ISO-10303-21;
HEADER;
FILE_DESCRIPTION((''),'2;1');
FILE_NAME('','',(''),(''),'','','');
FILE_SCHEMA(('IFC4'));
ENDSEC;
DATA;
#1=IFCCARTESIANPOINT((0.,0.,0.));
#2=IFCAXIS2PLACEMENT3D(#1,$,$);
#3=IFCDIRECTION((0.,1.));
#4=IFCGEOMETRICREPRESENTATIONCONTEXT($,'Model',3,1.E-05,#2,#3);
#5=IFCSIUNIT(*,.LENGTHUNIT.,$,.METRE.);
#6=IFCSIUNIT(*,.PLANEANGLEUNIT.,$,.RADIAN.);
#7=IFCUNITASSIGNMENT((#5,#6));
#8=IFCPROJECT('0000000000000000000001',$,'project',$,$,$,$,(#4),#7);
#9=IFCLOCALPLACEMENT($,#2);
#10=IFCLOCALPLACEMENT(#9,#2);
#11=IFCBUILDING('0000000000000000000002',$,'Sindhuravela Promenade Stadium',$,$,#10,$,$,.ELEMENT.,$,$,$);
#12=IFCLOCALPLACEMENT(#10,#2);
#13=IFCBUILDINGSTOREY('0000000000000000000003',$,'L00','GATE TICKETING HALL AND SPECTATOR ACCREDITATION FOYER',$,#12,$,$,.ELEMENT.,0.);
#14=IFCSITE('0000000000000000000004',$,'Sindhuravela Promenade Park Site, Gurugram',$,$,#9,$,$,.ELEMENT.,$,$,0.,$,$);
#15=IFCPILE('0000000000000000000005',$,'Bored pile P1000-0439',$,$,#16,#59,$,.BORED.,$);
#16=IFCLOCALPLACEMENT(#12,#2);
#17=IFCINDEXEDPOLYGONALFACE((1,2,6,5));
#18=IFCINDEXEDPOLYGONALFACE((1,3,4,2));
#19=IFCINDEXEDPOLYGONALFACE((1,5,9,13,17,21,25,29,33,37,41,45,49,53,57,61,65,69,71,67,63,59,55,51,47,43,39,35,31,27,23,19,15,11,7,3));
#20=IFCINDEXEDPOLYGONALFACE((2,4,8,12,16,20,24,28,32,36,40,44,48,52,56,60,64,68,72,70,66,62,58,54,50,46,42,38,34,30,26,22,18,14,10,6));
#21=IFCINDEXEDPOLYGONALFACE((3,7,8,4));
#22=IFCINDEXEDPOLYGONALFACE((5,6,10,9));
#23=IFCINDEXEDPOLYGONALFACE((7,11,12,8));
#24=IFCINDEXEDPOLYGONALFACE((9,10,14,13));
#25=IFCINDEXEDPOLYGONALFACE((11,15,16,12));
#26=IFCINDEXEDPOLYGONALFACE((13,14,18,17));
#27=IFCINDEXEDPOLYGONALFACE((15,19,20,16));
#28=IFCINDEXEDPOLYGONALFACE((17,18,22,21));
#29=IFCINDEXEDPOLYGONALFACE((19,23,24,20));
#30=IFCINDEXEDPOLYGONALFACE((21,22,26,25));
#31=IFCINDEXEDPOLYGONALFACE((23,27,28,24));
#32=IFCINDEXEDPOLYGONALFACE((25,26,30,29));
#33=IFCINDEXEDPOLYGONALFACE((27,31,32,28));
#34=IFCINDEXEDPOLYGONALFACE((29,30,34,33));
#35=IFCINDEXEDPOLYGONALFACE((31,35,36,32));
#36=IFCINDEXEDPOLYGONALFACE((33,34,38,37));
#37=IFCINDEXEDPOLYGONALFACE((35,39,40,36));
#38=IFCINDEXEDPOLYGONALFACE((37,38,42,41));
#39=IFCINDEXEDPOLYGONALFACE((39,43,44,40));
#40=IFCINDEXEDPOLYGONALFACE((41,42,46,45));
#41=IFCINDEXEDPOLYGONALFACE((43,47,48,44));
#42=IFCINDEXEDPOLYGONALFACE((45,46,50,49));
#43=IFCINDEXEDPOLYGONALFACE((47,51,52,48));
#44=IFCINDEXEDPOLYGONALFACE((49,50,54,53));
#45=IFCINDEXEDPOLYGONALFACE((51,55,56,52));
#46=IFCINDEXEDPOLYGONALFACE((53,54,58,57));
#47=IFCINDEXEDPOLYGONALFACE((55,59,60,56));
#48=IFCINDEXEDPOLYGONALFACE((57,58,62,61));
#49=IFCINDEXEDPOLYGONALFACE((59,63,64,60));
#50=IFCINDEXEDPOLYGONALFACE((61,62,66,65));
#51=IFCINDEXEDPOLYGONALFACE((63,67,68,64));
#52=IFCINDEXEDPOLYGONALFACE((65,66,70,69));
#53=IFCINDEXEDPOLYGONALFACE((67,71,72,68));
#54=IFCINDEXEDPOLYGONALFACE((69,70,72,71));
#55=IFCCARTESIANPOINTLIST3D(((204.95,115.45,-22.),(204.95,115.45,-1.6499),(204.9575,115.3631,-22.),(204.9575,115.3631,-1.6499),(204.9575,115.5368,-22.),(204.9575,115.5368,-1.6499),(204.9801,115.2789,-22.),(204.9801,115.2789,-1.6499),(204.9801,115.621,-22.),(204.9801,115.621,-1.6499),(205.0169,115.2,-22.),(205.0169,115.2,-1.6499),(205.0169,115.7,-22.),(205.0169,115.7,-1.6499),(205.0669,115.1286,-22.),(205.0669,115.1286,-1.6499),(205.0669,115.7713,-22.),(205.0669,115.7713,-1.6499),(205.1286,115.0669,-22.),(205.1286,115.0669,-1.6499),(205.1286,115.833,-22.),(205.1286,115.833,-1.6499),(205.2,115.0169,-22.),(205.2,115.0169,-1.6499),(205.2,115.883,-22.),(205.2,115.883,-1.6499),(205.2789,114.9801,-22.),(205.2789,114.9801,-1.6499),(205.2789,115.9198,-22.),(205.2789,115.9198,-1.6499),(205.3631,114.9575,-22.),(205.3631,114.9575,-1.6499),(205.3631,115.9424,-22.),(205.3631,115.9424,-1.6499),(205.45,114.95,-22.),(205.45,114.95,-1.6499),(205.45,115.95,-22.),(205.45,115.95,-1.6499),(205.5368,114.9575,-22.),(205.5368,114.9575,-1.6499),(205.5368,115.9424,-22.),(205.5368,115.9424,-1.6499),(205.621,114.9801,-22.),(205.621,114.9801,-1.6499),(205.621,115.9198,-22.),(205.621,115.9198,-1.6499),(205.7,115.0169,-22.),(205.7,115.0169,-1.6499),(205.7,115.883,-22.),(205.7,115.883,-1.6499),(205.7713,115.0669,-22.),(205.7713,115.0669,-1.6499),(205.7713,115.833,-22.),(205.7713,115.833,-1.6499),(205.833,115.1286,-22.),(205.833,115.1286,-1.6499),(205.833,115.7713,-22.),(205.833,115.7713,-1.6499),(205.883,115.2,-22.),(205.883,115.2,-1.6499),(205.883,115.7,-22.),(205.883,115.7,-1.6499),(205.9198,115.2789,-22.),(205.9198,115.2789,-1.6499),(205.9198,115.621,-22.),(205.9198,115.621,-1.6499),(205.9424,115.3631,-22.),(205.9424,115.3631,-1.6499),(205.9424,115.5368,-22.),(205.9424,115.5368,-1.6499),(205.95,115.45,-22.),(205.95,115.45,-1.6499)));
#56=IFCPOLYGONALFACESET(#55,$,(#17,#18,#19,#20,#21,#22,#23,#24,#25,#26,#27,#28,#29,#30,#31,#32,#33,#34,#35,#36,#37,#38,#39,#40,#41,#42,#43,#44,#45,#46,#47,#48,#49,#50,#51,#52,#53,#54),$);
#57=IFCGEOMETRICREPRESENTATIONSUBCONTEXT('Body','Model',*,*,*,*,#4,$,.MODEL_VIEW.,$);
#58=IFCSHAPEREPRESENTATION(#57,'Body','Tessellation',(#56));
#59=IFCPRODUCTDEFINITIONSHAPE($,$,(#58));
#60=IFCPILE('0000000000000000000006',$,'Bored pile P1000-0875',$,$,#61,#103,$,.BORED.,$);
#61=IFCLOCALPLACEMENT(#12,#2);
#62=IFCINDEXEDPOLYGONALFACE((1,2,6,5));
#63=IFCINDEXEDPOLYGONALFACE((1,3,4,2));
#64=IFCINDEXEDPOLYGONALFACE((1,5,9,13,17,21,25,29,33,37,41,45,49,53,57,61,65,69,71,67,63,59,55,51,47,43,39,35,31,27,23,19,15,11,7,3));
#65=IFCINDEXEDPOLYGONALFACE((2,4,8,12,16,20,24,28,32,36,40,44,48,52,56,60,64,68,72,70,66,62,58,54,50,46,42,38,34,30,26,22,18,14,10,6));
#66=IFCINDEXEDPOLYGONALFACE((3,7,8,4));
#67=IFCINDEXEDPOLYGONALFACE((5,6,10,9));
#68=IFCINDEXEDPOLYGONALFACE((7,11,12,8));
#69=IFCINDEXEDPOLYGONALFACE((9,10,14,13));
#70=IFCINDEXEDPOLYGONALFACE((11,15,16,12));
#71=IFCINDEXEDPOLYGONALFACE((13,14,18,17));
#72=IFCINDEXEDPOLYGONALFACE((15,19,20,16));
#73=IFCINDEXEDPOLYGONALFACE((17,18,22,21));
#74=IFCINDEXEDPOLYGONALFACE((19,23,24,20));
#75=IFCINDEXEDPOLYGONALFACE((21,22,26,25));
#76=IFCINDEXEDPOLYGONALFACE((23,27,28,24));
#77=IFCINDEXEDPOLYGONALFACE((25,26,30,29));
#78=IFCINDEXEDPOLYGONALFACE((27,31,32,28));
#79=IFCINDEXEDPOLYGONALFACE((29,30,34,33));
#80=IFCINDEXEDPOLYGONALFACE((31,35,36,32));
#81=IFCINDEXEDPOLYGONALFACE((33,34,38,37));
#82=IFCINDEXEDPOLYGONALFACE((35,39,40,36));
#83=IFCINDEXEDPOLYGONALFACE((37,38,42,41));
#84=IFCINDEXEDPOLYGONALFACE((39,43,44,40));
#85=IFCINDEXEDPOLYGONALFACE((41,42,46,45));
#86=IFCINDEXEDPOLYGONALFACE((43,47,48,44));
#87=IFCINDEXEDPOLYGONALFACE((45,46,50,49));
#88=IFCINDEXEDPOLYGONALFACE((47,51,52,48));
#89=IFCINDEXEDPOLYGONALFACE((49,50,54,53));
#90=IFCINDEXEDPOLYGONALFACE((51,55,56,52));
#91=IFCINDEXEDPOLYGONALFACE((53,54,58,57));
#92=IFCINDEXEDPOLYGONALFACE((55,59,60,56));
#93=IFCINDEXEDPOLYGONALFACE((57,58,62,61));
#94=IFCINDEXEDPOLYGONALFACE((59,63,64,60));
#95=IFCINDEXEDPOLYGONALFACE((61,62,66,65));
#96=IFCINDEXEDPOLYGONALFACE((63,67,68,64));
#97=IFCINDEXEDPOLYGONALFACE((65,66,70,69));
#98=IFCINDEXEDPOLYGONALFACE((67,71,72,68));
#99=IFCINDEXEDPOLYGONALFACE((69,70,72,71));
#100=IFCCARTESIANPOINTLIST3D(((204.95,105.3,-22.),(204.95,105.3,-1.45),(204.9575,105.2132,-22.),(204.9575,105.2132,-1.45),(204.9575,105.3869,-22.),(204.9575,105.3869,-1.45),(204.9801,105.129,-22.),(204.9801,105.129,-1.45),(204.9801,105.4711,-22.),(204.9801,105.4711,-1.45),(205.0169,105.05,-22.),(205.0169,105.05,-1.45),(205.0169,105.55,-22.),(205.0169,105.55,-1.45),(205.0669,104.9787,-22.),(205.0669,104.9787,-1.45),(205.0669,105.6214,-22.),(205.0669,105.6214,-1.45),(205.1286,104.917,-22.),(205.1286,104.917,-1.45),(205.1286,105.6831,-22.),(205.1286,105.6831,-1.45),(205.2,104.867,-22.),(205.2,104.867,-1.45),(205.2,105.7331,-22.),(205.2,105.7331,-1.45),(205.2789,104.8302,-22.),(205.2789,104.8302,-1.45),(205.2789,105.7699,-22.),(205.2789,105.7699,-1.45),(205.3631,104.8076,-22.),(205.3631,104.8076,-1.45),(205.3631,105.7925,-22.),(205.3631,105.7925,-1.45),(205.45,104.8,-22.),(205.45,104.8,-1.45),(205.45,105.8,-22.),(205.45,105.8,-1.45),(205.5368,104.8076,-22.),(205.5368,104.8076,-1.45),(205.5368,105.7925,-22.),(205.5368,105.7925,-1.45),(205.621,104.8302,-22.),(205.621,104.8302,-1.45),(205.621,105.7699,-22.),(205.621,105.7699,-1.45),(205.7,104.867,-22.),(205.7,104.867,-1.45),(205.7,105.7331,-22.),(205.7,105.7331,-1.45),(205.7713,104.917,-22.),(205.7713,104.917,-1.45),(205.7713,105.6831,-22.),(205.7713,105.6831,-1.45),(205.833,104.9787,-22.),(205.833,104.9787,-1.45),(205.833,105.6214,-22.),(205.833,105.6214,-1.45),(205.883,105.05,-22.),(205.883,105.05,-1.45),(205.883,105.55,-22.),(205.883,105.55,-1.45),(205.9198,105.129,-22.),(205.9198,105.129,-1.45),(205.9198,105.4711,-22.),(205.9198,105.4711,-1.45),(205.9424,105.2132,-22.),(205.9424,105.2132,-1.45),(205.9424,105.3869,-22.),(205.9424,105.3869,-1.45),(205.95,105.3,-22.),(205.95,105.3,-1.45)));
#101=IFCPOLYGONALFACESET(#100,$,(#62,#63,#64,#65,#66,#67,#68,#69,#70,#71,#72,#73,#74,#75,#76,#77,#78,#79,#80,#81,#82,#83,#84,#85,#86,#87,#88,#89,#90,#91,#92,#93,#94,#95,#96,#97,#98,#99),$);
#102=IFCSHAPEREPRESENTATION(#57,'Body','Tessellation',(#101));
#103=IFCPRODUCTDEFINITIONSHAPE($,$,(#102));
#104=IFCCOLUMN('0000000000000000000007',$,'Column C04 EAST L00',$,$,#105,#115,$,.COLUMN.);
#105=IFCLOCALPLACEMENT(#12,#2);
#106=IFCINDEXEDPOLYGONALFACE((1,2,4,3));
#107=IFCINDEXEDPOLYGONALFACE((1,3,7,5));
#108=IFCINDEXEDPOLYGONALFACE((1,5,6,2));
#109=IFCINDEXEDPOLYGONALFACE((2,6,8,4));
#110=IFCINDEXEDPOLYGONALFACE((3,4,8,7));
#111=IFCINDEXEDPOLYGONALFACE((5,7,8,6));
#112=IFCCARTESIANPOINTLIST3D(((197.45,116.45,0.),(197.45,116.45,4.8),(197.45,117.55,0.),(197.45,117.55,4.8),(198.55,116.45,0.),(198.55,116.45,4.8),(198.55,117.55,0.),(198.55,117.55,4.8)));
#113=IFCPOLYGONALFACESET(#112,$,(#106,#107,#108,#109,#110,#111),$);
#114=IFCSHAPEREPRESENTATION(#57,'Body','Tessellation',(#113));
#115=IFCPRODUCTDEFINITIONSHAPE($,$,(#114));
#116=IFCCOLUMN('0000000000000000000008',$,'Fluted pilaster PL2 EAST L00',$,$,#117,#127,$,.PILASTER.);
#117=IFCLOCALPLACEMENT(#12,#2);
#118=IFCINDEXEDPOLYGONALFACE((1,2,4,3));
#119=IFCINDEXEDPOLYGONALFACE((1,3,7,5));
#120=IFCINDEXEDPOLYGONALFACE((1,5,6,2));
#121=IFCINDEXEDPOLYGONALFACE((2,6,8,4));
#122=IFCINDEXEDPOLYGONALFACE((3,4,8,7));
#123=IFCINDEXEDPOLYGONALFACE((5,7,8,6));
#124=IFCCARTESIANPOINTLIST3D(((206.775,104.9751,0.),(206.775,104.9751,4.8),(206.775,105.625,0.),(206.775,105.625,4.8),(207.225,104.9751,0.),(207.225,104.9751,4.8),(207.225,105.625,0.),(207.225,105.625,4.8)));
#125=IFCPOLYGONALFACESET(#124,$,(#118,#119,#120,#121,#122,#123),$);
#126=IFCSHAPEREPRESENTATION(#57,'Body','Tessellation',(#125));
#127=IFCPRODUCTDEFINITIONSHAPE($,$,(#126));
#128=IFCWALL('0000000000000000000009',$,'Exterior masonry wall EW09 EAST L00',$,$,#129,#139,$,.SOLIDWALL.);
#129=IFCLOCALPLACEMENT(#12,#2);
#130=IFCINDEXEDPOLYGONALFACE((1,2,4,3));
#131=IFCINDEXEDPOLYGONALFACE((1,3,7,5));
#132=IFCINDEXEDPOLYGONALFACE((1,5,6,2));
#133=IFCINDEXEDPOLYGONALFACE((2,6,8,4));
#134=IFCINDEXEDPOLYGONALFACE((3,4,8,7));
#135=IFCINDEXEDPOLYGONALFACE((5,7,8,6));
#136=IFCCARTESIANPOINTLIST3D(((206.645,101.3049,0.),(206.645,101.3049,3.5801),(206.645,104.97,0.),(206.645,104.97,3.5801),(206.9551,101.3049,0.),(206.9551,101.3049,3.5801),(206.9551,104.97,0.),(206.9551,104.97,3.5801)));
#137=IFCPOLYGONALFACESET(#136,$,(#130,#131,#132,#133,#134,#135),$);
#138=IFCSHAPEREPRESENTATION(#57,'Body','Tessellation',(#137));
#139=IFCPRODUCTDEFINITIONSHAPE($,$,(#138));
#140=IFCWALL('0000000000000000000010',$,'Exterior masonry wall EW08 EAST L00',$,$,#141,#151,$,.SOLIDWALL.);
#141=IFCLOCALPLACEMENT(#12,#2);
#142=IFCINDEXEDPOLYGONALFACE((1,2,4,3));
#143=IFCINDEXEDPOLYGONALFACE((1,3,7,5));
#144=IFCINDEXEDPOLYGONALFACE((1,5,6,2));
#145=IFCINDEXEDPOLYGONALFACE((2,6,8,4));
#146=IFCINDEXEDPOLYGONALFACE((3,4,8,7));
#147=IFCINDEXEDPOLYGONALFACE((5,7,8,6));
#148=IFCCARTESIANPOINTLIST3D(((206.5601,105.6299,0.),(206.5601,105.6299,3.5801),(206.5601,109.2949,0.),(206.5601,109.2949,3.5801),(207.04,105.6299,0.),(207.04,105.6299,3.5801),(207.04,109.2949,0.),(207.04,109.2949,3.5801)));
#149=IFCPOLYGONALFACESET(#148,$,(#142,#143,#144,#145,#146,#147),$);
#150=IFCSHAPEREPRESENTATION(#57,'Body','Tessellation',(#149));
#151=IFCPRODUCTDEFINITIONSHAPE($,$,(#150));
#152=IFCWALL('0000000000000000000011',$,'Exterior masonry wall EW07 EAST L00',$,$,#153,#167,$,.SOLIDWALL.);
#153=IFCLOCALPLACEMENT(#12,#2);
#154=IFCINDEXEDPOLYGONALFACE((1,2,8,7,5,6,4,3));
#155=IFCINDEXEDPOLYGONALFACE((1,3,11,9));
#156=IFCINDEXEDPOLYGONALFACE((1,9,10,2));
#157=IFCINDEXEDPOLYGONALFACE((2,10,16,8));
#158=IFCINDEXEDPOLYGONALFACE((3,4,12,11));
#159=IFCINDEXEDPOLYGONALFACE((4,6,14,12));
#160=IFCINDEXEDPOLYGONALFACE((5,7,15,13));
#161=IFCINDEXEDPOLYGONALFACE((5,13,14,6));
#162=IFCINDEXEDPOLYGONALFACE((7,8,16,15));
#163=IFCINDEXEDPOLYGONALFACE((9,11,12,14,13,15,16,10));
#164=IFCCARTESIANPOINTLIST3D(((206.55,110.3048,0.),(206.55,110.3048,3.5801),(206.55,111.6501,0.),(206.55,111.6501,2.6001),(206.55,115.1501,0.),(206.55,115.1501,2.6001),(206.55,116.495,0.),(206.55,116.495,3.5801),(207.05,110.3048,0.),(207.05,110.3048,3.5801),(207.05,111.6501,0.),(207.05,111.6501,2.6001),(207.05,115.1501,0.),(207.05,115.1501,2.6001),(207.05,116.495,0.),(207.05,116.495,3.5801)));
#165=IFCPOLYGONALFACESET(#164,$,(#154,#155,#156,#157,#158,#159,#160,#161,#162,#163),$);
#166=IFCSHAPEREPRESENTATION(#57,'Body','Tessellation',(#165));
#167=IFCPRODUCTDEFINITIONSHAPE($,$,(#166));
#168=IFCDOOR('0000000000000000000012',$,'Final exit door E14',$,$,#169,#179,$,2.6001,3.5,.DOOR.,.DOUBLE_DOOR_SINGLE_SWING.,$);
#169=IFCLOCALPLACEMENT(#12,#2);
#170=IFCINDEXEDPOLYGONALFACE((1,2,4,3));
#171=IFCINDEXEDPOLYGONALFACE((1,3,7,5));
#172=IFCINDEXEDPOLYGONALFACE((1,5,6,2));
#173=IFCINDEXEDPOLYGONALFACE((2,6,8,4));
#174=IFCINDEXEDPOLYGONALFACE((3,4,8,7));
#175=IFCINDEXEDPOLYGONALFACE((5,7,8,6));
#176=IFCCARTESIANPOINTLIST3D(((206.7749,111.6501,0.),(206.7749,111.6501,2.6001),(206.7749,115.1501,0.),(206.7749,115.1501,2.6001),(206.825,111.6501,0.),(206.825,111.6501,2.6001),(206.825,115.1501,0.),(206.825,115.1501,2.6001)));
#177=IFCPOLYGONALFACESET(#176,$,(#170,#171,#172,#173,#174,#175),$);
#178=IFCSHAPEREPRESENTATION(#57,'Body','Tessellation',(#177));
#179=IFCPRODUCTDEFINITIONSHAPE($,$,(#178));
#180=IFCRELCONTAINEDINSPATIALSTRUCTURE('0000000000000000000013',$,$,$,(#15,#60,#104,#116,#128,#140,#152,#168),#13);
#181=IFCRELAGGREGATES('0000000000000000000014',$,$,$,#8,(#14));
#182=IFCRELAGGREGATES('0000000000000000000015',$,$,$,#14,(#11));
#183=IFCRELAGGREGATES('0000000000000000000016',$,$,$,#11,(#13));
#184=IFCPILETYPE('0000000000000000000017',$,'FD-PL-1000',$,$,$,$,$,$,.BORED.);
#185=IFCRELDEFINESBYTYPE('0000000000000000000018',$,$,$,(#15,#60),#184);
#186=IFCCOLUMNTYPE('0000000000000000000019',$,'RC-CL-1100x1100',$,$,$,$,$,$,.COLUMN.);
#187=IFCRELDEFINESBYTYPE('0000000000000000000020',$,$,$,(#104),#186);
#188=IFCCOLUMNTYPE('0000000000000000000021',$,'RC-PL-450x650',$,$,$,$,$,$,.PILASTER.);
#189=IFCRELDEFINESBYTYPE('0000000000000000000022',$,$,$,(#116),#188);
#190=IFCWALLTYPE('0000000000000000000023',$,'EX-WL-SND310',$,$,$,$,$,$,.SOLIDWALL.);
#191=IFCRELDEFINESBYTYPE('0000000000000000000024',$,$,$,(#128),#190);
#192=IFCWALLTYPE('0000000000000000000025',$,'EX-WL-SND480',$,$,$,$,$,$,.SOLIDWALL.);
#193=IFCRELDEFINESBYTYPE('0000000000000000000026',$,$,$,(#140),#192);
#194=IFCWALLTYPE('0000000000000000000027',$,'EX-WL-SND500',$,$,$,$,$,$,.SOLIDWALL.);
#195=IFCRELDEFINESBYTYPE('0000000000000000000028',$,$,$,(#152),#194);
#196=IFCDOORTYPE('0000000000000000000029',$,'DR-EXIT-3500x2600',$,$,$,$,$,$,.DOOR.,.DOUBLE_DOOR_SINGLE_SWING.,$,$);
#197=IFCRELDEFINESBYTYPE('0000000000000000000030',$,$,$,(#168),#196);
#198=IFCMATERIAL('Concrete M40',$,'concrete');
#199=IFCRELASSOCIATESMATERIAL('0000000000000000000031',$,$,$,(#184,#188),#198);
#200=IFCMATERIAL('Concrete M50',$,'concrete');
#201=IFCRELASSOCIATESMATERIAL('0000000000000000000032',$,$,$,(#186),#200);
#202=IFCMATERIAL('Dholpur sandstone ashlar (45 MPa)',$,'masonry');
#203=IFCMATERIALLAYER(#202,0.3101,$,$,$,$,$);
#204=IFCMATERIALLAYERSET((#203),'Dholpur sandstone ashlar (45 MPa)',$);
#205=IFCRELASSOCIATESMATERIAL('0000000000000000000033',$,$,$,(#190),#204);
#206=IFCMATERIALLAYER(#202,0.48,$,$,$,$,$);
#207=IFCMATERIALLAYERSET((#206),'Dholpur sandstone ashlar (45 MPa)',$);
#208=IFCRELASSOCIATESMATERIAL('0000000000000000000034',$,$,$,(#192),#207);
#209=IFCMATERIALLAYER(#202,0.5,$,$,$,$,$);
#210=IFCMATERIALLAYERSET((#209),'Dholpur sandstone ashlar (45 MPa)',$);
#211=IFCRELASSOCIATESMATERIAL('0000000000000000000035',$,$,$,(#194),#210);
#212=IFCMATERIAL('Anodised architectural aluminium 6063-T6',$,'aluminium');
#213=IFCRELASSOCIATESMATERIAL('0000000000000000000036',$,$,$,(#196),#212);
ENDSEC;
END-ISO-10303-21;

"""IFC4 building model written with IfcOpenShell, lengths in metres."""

from ifc_helpers import new_model, si_unit, direction, frame, frame_2d, origin, origin_2d, place, context, subcontext, project, spatial, rectangle, circle, extrude, material, layer, layer_set, material_profile, profile_set, type_object, element, fill, save


model = new_model("IFC4")

# Units and contexts
model_context = context("Model", 3, precision=1e-05, world=origin(), true_north=direction((0.0, 1.0)))
body_context = subcontext(model_context, "Body", "Model", "MODEL_VIEW")
ifc_project = project(units=[si_unit("LENGTHUNIT", "METRE"), si_unit("PLANEANGLEUNIT", "RADIAN")], contexts=[model_context])

# Site, building, storey
site_placement = place(None, origin())
site = spatial("IfcSite", under=ifc_project, at=site_placement, Name="Sindhuravela Promenade Park Site, Gurugram", CompositionType="ELEMENT", RefElevation=0.0)
building_placement = place(site_placement, origin())
building = spatial("IfcBuilding", under=site, at=building_placement, Name="Sindhuravela Promenade Stadium", CompositionType="ELEMENT")
storey_placement = place(building_placement, origin())
storey = spatial("IfcBuildingStorey", under=building, at=storey_placement, Name="L00", Description="GATE TICKETING HALL AND SPECTATOR ACCREDITATION FOYER", CompositionType="ELEMENT", Elevation=0.0)

# Shared definitions
ifc_material_1 = material(Name="Concrete M50", Category="concrete")

# Piles
ifc_material_2 = material(Name="Concrete M40", Category="concrete")
ifc_material_profile_1 = material_profile(ifc_material_2, circle(Radius=0.5, at=origin_2d()), Name="BORED PILE D1000")
ifc_profile_set_1 = profile_set([ifc_material_profile_1], Name="Concrete M40")
pile_type = type_object("IfcPileType", Name="FD-PL-1000", PredefinedType="BORED", material=ifc_profile_set_1)
for number, where, z_axis, x_axis, name in (
    (1, (205.45, 115.45, -1.6499), (0.0, 0.0, -1.0), (1.0, 0.0, 0.0), "Bored pile P1000-0439"),
):
    element("IfcPile", number, at=place(storey_placement, frame(where, z_axis=z_axis, x_axis=x_axis)), inside=storey, type_object=pile_type, Name=name, PredefinedType="BORED", context=body_context, shape_type="SweptSolid", body=[
        extrude(circle(Radius=0.5, at=origin_2d()), origin(), (0.0, 0.0, 1.0), 20.3501),
    ])
pile_placement = place(storey_placement, frame((205.45, 105.3, -1.45), z_axis=(0.0, 0.0, -1.0), x_axis=(1.0, 0.0, 0.0)))
element("IfcPile", 2, at=pile_placement, inside=storey, type_object=pile_type, Name="Bored pile P1000-0875", PredefinedType="BORED", context=body_context, shape_type="SweptSolid", body=[
    extrude(circle(Radius=0.5, at=origin_2d()), origin(), (0.0, 0.0, 1.0), 20.55),
])

# Columns
ifc_material_profile_2 = material_profile(ifc_material_1, rectangle(XDim=1.1001, YDim=1.1001, at=origin_2d()), Name="RC 1100x1100")
ifc_profile_set_2 = profile_set([ifc_material_profile_2], Name="Concrete M50")
column_type_1 = type_object("IfcColumnType", Name="RC-CL-1100x1100", PredefinedType="COLUMN", material=ifc_profile_set_2)
column_1_placement = place(storey_placement, frame((198.0, 117.0, 0.0), z_axis=(0.0, 0.0, 1.0), x_axis=(1.0, 0.0, 0.0)))
element("IfcColumn", 3, at=column_1_placement, inside=storey, type_object=column_type_1, Name="Column C04 EAST L00", PredefinedType="COLUMN", context=body_context, shape_type="SweptSolid", body=[
    extrude(rectangle(XDim=1.1001, YDim=1.1001, at=origin_2d()), origin(), (0.0, 0.0, 1.0), 4.8),
])
ifc_material_profile_3 = material_profile(ifc_material_2, rectangle(XDim=0.45, YDim=0.6499, at=origin_2d()), Name="PIL 450x650")
ifc_profile_set_3 = profile_set([ifc_material_profile_3], Name="Concrete M40")
column_type_2 = type_object("IfcColumnType", Name="RC-PL-450x650", PredefinedType="PILASTER", material=ifc_profile_set_3)
column_2_placement = place(storey_placement, frame((207.0, 105.3, 0.0), z_axis=(0.0, 0.0, 1.0), x_axis=(1.0, 0.0, 0.0)))
element("IfcColumn", 4, at=column_2_placement, inside=storey, type_object=column_type_2, Name="Fluted pilaster PL2 EAST L00", PredefinedType="PILASTER", context=body_context, shape_type="SweptSolid", body=[
    extrude(rectangle(XDim=0.45, YDim=0.6499, at=origin_2d()), origin(), (0.0, 0.0, 1.0), 4.8),
])

# Walls
ifc_material_3 = material(Name="Dholpur sandstone ashlar (45 MPa)", Category="masonry")
ifc_layer_1 = layer(ifc_material_3, 0.3101)
ifc_layer_set_1 = layer_set([ifc_layer_1], Name="Dholpur sandstone ashlar (45 MPa)")
wall_type_1 = type_object("IfcWallType", Name="EX-WL-SND310", PredefinedType="SOLIDWALL", material=ifc_layer_set_1)
wall_1_placement = place(storey_placement, frame((206.8, 104.97, 0.0), z_axis=(0.0, 0.0, 1.0), x_axis=(0.0, -1.0, 0.0)))
element("IfcWall", 5, at=wall_1_placement, inside=storey, type_object=wall_type_1, Name="Exterior masonry wall EW09 EAST L00", PredefinedType="SOLIDWALL", context=body_context, shape_type="SweptSolid", body=[
    extrude(rectangle(XDim=3.665, YDim=0.3101, at=frame_2d((1.8325, 0.0))), origin(), (0.0, 0.0, 1.0), 3.5801),
])
ifc_layer_2 = layer(ifc_material_3, 0.48)
ifc_layer_set_2 = layer_set([ifc_layer_2], Name="Dholpur sandstone ashlar (45 MPa)")
wall_type_2 = type_object("IfcWallType", Name="EX-WL-SND480", PredefinedType="SOLIDWALL", material=ifc_layer_set_2)
wall_2_placement = place(storey_placement, frame((206.8, 109.2949, 0.0), z_axis=(0.0, 0.0, 1.0), x_axis=(0.0, -1.0, 0.0)))
element("IfcWall", 6, at=wall_2_placement, inside=storey, type_object=wall_type_2, Name="Exterior masonry wall EW08 EAST L00", PredefinedType="SOLIDWALL", context=body_context, shape_type="SweptSolid", body=[
    extrude(rectangle(XDim=3.665, YDim=0.48, at=frame_2d((1.8325, 0.0))), origin(), (0.0, 0.0, 1.0), 3.5801),
])

# Wall, opening, door
ifc_layer_3 = layer(ifc_material_3, 0.5)
ifc_layer_set_3 = layer_set([ifc_layer_3], Name="Dholpur sandstone ashlar (45 MPa)")
wall_type_3 = type_object("IfcWallType", Name="EX-WL-SND500", PredefinedType="SOLIDWALL", material=ifc_layer_set_3)
wall_3_placement = place(storey_placement, frame((206.8, 116.4951, 0.0), z_axis=(0.0, 0.0, 1.0), x_axis=(0.0, -1.0, 0.0)))
wall_3 = element("IfcWall", 7, at=wall_3_placement, inside=storey, type_object=wall_type_3, Name="Exterior masonry wall EW07 EAST L00", PredefinedType="SOLIDWALL", context=body_context, shape_type="SweptSolid", body=[
    extrude(rectangle(XDim=6.1902, YDim=0.5, at=frame_2d((3.0952, 0.0))), origin(), (0.0, 0.0, 1.0), 3.5801),
])
opening_1_placement = place(wall_3_placement, frame((1.345, 0.0, 0.0)))
opening_1 = element("IfcOpeningElement", 8, at=opening_1_placement, cuts=wall_3, PredefinedType="OPENING", context=body_context, shape_type="SweptSolid", body=[
    extrude(rectangle(XDim=3.5, YDim=2.6001, at=frame_2d((1.75, 1.3))), frame((0.0, 0.26, 0.0), z_axis=(0.0, -1.0, 0.0), x_axis=(1.0, 0.0, 0.0)), (0.0, 0.0, 1.0), 0.52),
])
ifc_material_4 = material(Name="Anodised architectural aluminium 6063-T6", Category="aluminium")
door_type_1 = type_object("IfcDoorType", Name="DR-EXIT-3500x2600", OperationType="DOUBLE_DOOR_SINGLE_SWING", PredefinedType="DOOR", material=ifc_material_4)
door_1_placement = place(opening_1_placement, origin())
door_1 = element("IfcDoor", 9, at=door_1_placement, inside=storey, type_object=door_type_1, Name="Final exit door E14", OperationType="DOUBLE_DOOR_SINGLE_SWING", OverallHeight=2.6001, OverallWidth=3.5, PredefinedType="DOOR", context=body_context, shape_type="SweptSolid", body=[
    extrude(rectangle(XDim=3.5, YDim=2.6001, at=frame_2d((1.75, 1.3))), frame((0.0, 0.0249, 0.0), z_axis=(0.0, -1.0, 0.0), x_axis=(1.0, 0.0, 0.0)), (0.0, 0.0, 1.0), 0.05),
])
fill(opening_1, door_1)

save(model, "model.ifc")
